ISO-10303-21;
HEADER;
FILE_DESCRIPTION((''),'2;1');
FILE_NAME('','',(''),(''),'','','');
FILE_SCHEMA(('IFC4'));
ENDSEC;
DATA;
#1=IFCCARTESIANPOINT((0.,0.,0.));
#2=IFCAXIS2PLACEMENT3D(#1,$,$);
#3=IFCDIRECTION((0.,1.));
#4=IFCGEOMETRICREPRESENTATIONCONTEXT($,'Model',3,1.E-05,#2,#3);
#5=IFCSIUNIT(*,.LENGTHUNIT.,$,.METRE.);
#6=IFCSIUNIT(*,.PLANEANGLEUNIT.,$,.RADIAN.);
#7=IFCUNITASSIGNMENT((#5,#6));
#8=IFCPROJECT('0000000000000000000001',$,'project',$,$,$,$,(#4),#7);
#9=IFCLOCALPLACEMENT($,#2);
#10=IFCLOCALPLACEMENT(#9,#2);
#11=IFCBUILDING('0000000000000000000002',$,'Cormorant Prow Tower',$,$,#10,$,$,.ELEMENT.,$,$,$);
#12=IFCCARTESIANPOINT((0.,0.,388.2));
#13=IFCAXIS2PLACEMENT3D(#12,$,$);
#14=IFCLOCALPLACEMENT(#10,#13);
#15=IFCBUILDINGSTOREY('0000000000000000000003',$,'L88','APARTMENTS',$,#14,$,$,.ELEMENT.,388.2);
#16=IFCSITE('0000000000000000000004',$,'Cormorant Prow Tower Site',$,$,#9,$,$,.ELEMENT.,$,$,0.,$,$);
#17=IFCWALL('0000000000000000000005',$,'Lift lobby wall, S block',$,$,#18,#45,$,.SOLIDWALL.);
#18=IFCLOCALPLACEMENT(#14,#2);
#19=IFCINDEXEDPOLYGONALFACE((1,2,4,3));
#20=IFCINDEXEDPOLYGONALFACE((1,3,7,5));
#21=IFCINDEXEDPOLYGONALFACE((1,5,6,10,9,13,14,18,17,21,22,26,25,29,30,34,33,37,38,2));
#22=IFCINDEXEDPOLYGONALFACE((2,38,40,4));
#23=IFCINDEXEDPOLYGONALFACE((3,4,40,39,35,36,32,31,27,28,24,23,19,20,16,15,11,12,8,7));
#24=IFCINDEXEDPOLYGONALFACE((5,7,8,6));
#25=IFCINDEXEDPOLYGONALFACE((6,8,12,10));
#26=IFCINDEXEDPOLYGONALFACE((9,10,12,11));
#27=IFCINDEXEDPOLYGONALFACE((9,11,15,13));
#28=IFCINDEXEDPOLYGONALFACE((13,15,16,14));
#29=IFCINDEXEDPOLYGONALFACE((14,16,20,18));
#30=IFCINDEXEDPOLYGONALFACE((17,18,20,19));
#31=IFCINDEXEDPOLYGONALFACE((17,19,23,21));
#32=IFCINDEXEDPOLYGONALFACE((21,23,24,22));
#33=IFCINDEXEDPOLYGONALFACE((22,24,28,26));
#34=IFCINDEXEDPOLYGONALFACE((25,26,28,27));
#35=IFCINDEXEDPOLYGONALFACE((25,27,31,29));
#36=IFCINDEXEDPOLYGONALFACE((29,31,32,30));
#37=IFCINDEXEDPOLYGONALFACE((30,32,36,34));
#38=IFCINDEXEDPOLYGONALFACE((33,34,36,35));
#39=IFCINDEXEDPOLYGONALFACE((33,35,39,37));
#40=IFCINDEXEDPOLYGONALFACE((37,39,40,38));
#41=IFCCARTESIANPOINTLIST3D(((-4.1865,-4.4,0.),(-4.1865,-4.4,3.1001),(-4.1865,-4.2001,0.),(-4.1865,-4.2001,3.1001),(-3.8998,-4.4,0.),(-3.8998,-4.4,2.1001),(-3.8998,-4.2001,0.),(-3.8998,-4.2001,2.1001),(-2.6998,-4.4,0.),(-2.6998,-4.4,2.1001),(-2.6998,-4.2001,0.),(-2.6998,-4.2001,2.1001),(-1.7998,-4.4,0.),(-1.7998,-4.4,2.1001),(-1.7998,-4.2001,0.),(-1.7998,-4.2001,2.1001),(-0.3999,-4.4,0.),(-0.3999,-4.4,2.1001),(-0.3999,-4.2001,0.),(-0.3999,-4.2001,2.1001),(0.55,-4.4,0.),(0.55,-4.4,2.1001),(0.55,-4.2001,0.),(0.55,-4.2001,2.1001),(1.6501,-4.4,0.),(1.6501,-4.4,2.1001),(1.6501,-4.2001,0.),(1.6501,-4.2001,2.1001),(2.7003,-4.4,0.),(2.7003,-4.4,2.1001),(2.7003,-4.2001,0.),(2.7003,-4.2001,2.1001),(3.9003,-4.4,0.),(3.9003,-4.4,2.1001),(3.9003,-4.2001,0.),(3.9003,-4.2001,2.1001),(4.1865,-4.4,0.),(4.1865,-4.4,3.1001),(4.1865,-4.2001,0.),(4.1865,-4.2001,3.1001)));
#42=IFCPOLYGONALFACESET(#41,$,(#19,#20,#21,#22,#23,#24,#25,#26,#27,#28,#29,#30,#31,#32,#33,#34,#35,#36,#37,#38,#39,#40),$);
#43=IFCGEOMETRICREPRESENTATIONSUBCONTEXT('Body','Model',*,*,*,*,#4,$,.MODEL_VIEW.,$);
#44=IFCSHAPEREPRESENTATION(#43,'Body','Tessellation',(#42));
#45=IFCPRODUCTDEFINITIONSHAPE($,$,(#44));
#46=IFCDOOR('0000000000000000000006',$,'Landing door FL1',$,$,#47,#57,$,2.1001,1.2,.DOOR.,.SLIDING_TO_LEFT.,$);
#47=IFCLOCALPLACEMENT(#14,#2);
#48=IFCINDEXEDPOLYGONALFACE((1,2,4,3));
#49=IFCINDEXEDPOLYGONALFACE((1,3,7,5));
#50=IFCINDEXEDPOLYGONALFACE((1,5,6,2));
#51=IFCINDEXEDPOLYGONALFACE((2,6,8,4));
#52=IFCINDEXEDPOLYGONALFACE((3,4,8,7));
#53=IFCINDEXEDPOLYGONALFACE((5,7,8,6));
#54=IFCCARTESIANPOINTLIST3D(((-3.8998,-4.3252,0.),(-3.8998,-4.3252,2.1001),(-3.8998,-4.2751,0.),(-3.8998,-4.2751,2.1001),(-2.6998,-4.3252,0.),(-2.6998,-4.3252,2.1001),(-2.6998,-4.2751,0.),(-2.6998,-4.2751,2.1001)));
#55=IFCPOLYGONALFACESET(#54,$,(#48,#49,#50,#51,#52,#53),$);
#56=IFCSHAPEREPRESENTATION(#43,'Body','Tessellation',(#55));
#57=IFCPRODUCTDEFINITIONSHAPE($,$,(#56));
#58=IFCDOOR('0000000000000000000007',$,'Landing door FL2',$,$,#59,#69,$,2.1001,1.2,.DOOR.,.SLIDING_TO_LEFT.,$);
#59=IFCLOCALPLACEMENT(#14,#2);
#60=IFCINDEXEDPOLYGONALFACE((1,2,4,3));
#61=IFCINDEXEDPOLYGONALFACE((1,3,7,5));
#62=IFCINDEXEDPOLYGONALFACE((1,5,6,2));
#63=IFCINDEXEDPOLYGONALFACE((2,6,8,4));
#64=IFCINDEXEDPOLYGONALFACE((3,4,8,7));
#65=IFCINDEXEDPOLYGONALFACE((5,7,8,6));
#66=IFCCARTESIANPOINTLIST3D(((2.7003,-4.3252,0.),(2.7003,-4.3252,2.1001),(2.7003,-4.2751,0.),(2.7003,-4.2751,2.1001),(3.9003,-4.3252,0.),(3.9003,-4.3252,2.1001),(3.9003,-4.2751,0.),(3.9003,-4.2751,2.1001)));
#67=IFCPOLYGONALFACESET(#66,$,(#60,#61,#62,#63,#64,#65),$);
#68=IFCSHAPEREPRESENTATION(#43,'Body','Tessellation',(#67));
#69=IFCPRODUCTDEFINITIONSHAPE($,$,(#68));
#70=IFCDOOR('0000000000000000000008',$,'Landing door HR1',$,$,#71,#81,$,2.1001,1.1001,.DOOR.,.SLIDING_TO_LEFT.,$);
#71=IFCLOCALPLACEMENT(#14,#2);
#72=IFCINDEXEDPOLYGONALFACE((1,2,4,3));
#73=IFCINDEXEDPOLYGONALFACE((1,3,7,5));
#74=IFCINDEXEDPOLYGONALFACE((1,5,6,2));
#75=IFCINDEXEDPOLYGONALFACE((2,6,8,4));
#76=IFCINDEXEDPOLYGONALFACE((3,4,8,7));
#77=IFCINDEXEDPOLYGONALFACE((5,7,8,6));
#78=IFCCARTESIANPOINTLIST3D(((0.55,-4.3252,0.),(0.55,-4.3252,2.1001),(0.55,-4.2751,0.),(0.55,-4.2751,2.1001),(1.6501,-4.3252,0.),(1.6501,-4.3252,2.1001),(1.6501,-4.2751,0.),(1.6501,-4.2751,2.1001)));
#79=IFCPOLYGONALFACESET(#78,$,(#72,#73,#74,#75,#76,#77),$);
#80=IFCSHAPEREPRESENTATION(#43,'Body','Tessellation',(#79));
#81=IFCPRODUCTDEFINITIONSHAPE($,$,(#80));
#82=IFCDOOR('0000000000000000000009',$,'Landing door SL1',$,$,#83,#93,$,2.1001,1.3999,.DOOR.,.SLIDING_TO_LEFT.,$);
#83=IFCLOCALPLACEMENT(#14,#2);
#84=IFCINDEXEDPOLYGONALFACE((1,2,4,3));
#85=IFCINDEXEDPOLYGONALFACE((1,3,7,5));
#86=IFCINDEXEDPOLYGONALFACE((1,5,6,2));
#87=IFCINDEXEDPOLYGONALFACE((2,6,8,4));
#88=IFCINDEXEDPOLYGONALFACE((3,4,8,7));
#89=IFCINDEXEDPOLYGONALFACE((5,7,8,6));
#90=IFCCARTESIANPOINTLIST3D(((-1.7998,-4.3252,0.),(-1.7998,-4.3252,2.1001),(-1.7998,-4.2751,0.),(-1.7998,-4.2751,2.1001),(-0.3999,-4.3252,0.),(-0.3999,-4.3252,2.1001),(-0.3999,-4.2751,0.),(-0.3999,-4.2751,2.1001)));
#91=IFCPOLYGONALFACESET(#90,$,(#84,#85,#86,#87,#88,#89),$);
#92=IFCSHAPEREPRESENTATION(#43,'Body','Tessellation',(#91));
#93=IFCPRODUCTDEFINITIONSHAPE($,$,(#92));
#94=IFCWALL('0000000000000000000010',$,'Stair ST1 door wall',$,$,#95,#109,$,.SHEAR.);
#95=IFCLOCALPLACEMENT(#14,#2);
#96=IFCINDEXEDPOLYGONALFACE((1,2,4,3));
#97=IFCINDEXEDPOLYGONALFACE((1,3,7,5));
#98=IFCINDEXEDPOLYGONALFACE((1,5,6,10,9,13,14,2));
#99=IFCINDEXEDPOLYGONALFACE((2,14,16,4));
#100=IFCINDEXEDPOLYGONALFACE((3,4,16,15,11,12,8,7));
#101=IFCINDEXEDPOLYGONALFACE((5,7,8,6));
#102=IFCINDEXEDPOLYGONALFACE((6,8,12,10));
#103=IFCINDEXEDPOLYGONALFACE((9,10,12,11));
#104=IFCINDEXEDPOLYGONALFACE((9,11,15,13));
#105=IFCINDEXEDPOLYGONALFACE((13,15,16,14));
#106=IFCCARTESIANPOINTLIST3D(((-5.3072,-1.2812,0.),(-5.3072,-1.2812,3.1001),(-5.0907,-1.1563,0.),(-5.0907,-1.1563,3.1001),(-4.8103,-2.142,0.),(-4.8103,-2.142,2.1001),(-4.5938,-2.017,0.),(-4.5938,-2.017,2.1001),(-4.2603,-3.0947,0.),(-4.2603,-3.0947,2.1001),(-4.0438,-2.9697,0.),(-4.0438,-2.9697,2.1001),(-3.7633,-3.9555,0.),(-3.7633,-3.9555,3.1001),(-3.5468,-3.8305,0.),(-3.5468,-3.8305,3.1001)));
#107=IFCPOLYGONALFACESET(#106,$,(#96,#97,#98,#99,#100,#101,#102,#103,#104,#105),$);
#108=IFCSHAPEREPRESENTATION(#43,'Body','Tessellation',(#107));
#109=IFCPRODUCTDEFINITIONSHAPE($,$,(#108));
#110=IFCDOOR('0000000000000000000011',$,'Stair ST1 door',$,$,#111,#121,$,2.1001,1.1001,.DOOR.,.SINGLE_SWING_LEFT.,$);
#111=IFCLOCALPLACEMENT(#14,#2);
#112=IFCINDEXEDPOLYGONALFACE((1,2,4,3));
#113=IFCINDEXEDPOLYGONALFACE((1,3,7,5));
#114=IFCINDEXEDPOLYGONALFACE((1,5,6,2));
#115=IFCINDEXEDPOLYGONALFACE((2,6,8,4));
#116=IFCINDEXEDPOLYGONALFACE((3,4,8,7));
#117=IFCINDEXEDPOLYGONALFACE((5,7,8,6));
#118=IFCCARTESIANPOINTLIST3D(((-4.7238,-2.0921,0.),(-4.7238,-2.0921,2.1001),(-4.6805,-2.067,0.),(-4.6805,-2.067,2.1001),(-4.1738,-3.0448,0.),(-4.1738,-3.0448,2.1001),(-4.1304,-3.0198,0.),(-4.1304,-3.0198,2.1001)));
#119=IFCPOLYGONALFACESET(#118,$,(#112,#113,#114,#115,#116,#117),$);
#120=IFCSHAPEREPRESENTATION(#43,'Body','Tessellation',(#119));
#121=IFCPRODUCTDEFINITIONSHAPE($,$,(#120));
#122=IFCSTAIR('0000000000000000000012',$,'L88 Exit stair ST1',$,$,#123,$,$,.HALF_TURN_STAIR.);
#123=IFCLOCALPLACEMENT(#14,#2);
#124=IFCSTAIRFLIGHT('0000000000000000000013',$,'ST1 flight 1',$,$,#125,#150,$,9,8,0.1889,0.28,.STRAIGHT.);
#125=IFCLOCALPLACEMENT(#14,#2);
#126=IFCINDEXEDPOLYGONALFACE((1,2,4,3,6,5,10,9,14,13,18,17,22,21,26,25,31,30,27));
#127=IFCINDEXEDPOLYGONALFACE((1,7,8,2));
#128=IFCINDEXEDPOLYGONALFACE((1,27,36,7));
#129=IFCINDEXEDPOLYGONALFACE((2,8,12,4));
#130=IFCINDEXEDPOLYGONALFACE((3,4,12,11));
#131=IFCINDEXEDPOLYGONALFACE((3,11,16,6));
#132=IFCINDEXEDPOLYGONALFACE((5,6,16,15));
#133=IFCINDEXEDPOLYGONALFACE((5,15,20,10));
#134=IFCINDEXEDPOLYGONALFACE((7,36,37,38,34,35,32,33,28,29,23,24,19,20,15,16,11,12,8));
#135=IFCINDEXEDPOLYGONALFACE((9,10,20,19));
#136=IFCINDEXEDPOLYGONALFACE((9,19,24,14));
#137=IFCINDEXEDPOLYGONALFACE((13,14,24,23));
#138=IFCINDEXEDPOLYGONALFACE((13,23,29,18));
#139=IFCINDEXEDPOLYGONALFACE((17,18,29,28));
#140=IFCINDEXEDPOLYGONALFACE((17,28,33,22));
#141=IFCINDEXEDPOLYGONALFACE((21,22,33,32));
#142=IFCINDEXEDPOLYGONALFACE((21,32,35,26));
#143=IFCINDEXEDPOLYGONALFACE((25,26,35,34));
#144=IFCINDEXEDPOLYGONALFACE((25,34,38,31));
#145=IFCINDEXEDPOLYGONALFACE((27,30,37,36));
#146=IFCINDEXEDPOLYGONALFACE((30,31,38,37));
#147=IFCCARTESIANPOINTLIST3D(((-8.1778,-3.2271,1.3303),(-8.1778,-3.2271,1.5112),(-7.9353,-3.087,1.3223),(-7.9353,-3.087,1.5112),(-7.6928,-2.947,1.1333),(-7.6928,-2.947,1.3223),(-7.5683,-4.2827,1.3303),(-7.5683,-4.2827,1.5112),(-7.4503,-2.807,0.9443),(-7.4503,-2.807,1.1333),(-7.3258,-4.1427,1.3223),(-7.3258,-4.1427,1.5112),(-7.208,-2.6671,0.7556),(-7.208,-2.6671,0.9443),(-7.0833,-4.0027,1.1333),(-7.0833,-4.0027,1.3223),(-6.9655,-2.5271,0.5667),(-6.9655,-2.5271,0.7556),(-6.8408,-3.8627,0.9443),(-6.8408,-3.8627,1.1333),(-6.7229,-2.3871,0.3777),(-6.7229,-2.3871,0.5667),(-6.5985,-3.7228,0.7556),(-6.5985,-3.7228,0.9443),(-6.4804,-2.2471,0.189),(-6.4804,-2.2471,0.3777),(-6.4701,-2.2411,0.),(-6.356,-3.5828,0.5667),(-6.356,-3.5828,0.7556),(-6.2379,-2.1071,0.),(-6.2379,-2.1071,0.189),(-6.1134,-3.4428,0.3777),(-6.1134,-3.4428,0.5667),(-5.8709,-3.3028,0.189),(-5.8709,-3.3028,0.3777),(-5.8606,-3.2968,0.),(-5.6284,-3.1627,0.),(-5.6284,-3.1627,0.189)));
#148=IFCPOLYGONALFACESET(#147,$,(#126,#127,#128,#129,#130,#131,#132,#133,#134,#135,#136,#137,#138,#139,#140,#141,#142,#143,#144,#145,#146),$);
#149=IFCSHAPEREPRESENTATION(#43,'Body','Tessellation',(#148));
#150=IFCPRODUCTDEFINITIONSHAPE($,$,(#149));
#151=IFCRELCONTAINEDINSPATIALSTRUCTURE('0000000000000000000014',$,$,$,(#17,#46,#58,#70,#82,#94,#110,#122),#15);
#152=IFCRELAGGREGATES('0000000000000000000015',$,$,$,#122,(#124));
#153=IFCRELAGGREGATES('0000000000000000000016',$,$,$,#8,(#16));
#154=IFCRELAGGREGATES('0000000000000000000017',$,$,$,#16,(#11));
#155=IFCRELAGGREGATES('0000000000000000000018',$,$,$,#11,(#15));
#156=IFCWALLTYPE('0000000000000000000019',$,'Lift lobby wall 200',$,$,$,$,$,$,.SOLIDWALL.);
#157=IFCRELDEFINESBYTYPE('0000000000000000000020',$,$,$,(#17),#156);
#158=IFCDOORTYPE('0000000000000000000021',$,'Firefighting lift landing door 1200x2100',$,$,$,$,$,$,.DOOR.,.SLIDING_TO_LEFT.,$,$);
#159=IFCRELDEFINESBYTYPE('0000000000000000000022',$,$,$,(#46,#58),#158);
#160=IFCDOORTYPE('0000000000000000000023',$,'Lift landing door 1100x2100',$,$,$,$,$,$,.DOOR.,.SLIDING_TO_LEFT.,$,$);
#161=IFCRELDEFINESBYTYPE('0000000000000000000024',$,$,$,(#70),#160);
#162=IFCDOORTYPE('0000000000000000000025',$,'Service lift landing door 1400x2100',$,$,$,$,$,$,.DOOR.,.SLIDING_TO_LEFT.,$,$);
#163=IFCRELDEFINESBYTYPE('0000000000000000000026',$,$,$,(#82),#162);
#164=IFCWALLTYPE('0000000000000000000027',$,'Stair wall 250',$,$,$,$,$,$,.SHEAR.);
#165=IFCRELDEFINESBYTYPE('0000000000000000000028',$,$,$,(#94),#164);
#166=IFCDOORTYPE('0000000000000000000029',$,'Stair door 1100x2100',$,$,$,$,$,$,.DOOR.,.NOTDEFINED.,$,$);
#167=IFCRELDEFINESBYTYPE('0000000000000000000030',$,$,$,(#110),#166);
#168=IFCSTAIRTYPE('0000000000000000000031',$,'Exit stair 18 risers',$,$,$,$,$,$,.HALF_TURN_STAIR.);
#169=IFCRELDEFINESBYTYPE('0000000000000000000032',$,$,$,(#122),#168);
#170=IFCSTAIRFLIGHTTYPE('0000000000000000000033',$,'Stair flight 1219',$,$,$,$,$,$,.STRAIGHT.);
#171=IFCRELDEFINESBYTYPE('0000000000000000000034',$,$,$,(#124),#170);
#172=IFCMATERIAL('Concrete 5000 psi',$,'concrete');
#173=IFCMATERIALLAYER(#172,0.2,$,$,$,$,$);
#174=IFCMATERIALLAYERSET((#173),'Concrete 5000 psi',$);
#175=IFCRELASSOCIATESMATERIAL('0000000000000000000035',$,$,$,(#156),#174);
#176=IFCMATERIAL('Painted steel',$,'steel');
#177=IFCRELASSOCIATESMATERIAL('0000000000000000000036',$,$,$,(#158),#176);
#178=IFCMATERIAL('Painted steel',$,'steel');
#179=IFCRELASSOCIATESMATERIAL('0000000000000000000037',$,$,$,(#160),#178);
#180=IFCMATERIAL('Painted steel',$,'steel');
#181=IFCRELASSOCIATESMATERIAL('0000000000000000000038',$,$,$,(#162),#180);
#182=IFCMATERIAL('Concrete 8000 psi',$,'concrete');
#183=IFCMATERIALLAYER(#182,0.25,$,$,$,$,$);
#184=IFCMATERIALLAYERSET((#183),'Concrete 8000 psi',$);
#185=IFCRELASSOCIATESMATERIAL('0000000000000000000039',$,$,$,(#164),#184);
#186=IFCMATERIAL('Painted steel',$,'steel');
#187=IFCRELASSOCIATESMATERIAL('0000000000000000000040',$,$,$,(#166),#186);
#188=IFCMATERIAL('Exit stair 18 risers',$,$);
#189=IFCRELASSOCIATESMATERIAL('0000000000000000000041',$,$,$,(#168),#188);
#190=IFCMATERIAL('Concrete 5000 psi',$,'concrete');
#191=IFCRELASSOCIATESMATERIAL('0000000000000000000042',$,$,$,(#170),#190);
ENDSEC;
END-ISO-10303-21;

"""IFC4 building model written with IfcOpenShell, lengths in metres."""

from ifc_helpers import new_model, si_unit, direction, frame, frame_2d, origin, place, context, subcontext, project, spatial, polyline, rectangle, outline, extrude, material, layer, layer_set, type_object, element, fill, aggregate, save


model = new_model("IFC4")

# Units and contexts
model_context = context("Model", 3, precision=1e-05, world=origin(), true_north=direction((0.0, 1.0)))
body_context = subcontext(model_context, "Body", "Model", "MODEL_VIEW")
ifc_project = project(units=[si_unit("LENGTHUNIT", "METRE"), si_unit("PLANEANGLEUNIT", "RADIAN")], contexts=[model_context])

# Site, building, storey
site_placement = place(None, origin())
site = spatial("IfcSite", under=ifc_project, at=site_placement, Name="Cormorant Prow Tower Site", CompositionType="ELEMENT", RefElevation=0.0)
building_placement = place(site_placement, origin())
building = spatial("IfcBuilding", under=site, at=building_placement, Name="Cormorant Prow Tower", CompositionType="ELEMENT")
storey_placement = place(building_placement, frame((0.0, 0.0, 388.2)))
storey = spatial("IfcBuildingStorey", under=building, at=storey_placement, Name="L88", Description="APARTMENTS", CompositionType="ELEMENT", Elevation=388.2)

# Wall, openings, doors
ifc_material_1 = material(Name="Concrete 5000 psi", Category="concrete")
ifc_layer_1 = layer(ifc_material_1, 0.2)
ifc_layer_set_1 = layer_set([ifc_layer_1], Name="Concrete 5000 psi")
wall_type_1 = type_object("IfcWallType", Name="Lift lobby wall 200", PredefinedType="SOLIDWALL", material=ifc_layer_set_1)
wall_1_placement = place(storey_placement, frame((-4.1865, -4.3, 0.0), z_axis=(0.0, 0.0, 1.0), x_axis=(1.0, 0.0, 0.0)))
wall_1 = element("IfcWall", 1, at=wall_1_placement, inside=storey, type_object=wall_type_1, Name="Lift lobby wall, S block", PredefinedType="SOLIDWALL", context=body_context, shape_type="SweptSolid", body=[
    extrude(rectangle(XDim=8.373, YDim=0.2, at=frame_2d((4.1865, 0.0))), origin(), (0.0, 0.0, 1.0), 3.1001),
])
opening_1_placement = place(wall_1_placement, frame((0.2866, 0.0, 0.0)))
opening_1 = element("IfcOpeningElement", 2, at=opening_1_placement, cuts=wall_1, PredefinedType="OPENING", context=body_context, shape_type="SweptSolid", body=[
    extrude(rectangle(XDim=1.2, YDim=2.1001, at=frame_2d((0.6001, 1.05))), frame((0.0, 0.1099, 0.0), z_axis=(0.0, -1.0, 0.0), x_axis=(1.0, 0.0, 0.0)), (0.0, 0.0, 1.0), 0.22),
])
opening_2_placement = place(wall_1_placement, frame((2.3867, 0.0, 0.0)))
opening_2 = element("IfcOpeningElement", 3, at=opening_2_placement, cuts=wall_1, PredefinedType="OPENING", context=body_context, shape_type="SweptSolid", body=[
    extrude(rectangle(XDim=1.3999, YDim=2.1001, at=frame_2d((0.7, 1.05))), frame((0.0, 0.1099, 0.0), z_axis=(0.0, -1.0, 0.0), x_axis=(1.0, 0.0, 0.0)), (0.0, 0.0, 1.0), 0.22),
])
opening_3_placement = place(wall_1_placement, frame((4.7366, 0.0, 0.0)))
opening_3 = element("IfcOpeningElement", 4, at=opening_3_placement, cuts=wall_1, PredefinedType="OPENING", context=body_context, shape_type="SweptSolid", body=[
    extrude(rectangle(XDim=1.1001, YDim=2.1001, at=frame_2d((0.55, 1.05))), frame((0.0, 0.1099, 0.0), z_axis=(0.0, -1.0, 0.0), x_axis=(1.0, 0.0, 0.0)), (0.0, 0.0, 1.0), 0.22),
])
opening_4_placement = place(wall_1_placement, frame((6.8867, 0.0, 0.0)))
opening_4 = element("IfcOpeningElement", 5, at=opening_4_placement, cuts=wall_1, PredefinedType="OPENING", context=body_context, shape_type="SweptSolid", body=[
    extrude(rectangle(XDim=1.2, YDim=2.1001, at=frame_2d((0.6001, 1.05))), frame((0.0, 0.1099, 0.0), z_axis=(0.0, -1.0, 0.0), x_axis=(1.0, 0.0, 0.0)), (0.0, 0.0, 1.0), 0.22),
])
ifc_material_2 = material(Name="Painted steel", Category="steel")
door_type_1 = type_object("IfcDoorType", Name="Firefighting lift landing door 1200x2100", OperationType="SLIDING_TO_LEFT", PredefinedType="DOOR", material=ifc_material_2)
door_1_placement = place(opening_1_placement, origin())
door_1 = element("IfcDoor", 6, at=door_1_placement, inside=storey, type_object=door_type_1, Name="Landing door FL1", OperationType="SLIDING_TO_LEFT", OverallHeight=2.1001, OverallWidth=1.2, PredefinedType="DOOR", context=body_context, shape_type="SweptSolid", body=[
    extrude(rectangle(XDim=1.2, YDim=2.1001, at=frame_2d((0.6001, 1.05))), frame((0.0, 0.0249, 0.0), z_axis=(0.0, -1.0, 0.0), x_axis=(1.0, 0.0, 0.0)), (0.0, 0.0, 1.0), 0.05),
])
fill(opening_1, door_1)
door_2_placement = place(opening_4_placement, origin())
door_2 = element("IfcDoor", 7, at=door_2_placement, inside=storey, type_object=door_type_1, Name="Landing door FL2", OperationType="SLIDING_TO_LEFT", OverallHeight=2.1001, OverallWidth=1.2, PredefinedType="DOOR", context=body_context, shape_type="SweptSolid", body=[
    extrude(rectangle(XDim=1.2, YDim=2.1001, at=frame_2d((0.6001, 1.05))), frame((0.0, 0.0249, 0.0), z_axis=(0.0, -1.0, 0.0), x_axis=(1.0, 0.0, 0.0)), (0.0, 0.0, 1.0), 0.05),
])
fill(opening_4, door_2)
ifc_material_3 = material(Name="Painted steel", Category="steel")
door_type_2 = type_object("IfcDoorType", Name="Lift landing door 1100x2100", OperationType="SLIDING_TO_LEFT", PredefinedType="DOOR", material=ifc_material_3)
door_3_placement = place(opening_3_placement, origin())
door_3 = element("IfcDoor", 8, at=door_3_placement, inside=storey, type_object=door_type_2, Name="Landing door HR1", OperationType="SLIDING_TO_LEFT", OverallHeight=2.1001, OverallWidth=1.1001, PredefinedType="DOOR", context=body_context, shape_type="SweptSolid", body=[
    extrude(rectangle(XDim=1.1001, YDim=2.1001, at=frame_2d((0.55, 1.05))), frame((0.0, 0.0249, 0.0), z_axis=(0.0, -1.0, 0.0), x_axis=(1.0, 0.0, 0.0)), (0.0, 0.0, 1.0), 0.05),
])
fill(opening_3, door_3)
ifc_material_4 = material(Name="Painted steel", Category="steel")
door_type_3 = type_object("IfcDoorType", Name="Service lift landing door 1400x2100", OperationType="SLIDING_TO_LEFT", PredefinedType="DOOR", material=ifc_material_4)
door_4_placement = place(opening_2_placement, origin())
door_4 = element("IfcDoor", 9, at=door_4_placement, inside=storey, type_object=door_type_3, Name="Landing door SL1", OperationType="SLIDING_TO_LEFT", OverallHeight=2.1001, OverallWidth=1.3999, PredefinedType="DOOR", context=body_context, shape_type="SweptSolid", body=[
    extrude(rectangle(XDim=1.3999, YDim=2.1001, at=frame_2d((0.7, 1.05))), frame((0.0, 0.0249, 0.0), z_axis=(0.0, -1.0, 0.0), x_axis=(1.0, 0.0, 0.0)), (0.0, 0.0, 1.0), 0.05),
])
fill(opening_2, door_4)

# Wall, opening, door
ifc_material_5 = material(Name="Concrete 8000 psi", Category="concrete")
ifc_layer_2 = layer(ifc_material_5, 0.25)
ifc_layer_set_2 = layer_set([ifc_layer_2], Name="Concrete 8000 psi")
wall_type_2 = type_object("IfcWallType", Name="Stair wall 250", PredefinedType="SHEAR", material=ifc_layer_set_2)
wall_2_placement = place(storey_placement, frame((-5.199, -1.2188, 0.0), z_axis=(0.0, 0.0, 1.0), x_axis=(0.499983, -0.866035, 0.0)))
wall_2 = element("IfcWall", 10, at=wall_2_placement, inside=storey, type_object=wall_type_2, Name="Stair ST1 door wall", PredefinedType="SHEAR", context=body_context, shape_type="SweptSolid", body=[
    extrude(rectangle(XDim=3.0879, YDim=0.25, at=frame_2d((1.5439, 0.0))), origin(), (0.0, 0.0, 1.0), 3.1001),
])
opening_5_placement = place(wall_2_placement, frame((0.9939, 0.0, 0.0)))
opening_5 = element("IfcOpeningElement", 11, at=opening_5_placement, cuts=wall_2, PredefinedType="OPENING", context=body_context, shape_type="SweptSolid", body=[
    extrude(rectangle(XDim=1.1001, YDim=2.1001, at=frame_2d((0.55, 1.05))), frame((0.0, 0.135, 0.0), z_axis=(0.0, -1.0, 0.0), x_axis=(1.0, 0.0, 0.0)), (0.0, 0.0, 1.0), 0.27),
])
ifc_material_6 = material(Name="Painted steel", Category="steel")
door_type_4 = type_object("IfcDoorType", Name="Stair door 1100x2100", OperationType="NOTDEFINED", PredefinedType="DOOR", material=ifc_material_6)
door_5_placement = place(opening_5_placement, origin())
door_5 = element("IfcDoor", 12, at=door_5_placement, inside=storey, type_object=door_type_4, Name="Stair ST1 door", OperationType="SINGLE_SWING_LEFT", OverallHeight=2.1001, OverallWidth=1.1001, PredefinedType="DOOR", context=body_context, shape_type="SweptSolid", body=[
    extrude(rectangle(XDim=1.1001, YDim=2.1001, at=frame_2d((0.55, 1.05))), frame((0.0, 0.0249, 0.0), z_axis=(0.0, -1.0, 0.0), x_axis=(1.0, 0.0, 0.0)), (0.0, 0.0, 1.0), 0.05),
])
fill(opening_5, door_5)

# Stair, stair flight
ifc_material_7 = material(Name="Exit stair 18 risers")
stair_type = type_object("IfcStairType", Name="Exit stair 18 risers", PredefinedType="HALF_TURN_STAIR", material=ifc_material_7)
stair_placement = place(storey_placement, origin())
stair = element("IfcStair", 13, at=stair_placement, inside=storey, type_object=stair_type, Name="L88 Exit stair ST1", PredefinedType="HALF_TURN_STAIR")
ifc_material_8 = material(Name="Concrete 5000 psi", Category="concrete")
stair_flight_type = type_object("IfcStairFlightType", Name="Stair flight 1219", PredefinedType="STRAIGHT", material=ifc_material_8)
stair_flight_1_placement = place(storey_placement, frame((-5.9331, -2.635, 0.0), z_axis=(0.0, 0.0, 1.0), x_axis=(-0.866025, -0.5, 0.0)))
stair_flight_1 = element("IfcStairFlight", 14, at=stair_flight_1_placement, type_object=stair_flight_type, Name="ST1 flight 1", NumberOfRisers=9, NumberOfTreads=8, PredefinedType="STRAIGHT", RiserHeight=0.1889, TreadLength=0.28, context=body_context, shape_type="SweptSolid", body=[
    extrude(outline(polyline([(0.0, 0.0), (0.0, 0.189), (0.28, 0.189), (0.28, 0.3777), (0.5601, 0.3777), (0.5601, 0.5667), (0.8401, 0.5667), (0.8401, 0.7556), (1.1201, 0.7556), (1.1201, 0.9443), (1.3999, 0.9443), (1.3999, 1.1333), (1.6799, 1.1333), (1.6799, 1.3223), (1.96, 1.3223), (1.96, 1.5112), (2.24, 1.5112), (2.24, 1.7), (2.24, 1.3303), (0.2681, 0.0), (0.0, 0.0)])), frame((0.0, 0.6094, 0.0), z_axis=(0.0, -1.0, 0.0), x_axis=(1.0, 0.0, 0.0)), (0.0, 0.0, 1.0), 1.219),
])
aggregate(stair, [stair_flight_1])

save(model, "model.ifc")
